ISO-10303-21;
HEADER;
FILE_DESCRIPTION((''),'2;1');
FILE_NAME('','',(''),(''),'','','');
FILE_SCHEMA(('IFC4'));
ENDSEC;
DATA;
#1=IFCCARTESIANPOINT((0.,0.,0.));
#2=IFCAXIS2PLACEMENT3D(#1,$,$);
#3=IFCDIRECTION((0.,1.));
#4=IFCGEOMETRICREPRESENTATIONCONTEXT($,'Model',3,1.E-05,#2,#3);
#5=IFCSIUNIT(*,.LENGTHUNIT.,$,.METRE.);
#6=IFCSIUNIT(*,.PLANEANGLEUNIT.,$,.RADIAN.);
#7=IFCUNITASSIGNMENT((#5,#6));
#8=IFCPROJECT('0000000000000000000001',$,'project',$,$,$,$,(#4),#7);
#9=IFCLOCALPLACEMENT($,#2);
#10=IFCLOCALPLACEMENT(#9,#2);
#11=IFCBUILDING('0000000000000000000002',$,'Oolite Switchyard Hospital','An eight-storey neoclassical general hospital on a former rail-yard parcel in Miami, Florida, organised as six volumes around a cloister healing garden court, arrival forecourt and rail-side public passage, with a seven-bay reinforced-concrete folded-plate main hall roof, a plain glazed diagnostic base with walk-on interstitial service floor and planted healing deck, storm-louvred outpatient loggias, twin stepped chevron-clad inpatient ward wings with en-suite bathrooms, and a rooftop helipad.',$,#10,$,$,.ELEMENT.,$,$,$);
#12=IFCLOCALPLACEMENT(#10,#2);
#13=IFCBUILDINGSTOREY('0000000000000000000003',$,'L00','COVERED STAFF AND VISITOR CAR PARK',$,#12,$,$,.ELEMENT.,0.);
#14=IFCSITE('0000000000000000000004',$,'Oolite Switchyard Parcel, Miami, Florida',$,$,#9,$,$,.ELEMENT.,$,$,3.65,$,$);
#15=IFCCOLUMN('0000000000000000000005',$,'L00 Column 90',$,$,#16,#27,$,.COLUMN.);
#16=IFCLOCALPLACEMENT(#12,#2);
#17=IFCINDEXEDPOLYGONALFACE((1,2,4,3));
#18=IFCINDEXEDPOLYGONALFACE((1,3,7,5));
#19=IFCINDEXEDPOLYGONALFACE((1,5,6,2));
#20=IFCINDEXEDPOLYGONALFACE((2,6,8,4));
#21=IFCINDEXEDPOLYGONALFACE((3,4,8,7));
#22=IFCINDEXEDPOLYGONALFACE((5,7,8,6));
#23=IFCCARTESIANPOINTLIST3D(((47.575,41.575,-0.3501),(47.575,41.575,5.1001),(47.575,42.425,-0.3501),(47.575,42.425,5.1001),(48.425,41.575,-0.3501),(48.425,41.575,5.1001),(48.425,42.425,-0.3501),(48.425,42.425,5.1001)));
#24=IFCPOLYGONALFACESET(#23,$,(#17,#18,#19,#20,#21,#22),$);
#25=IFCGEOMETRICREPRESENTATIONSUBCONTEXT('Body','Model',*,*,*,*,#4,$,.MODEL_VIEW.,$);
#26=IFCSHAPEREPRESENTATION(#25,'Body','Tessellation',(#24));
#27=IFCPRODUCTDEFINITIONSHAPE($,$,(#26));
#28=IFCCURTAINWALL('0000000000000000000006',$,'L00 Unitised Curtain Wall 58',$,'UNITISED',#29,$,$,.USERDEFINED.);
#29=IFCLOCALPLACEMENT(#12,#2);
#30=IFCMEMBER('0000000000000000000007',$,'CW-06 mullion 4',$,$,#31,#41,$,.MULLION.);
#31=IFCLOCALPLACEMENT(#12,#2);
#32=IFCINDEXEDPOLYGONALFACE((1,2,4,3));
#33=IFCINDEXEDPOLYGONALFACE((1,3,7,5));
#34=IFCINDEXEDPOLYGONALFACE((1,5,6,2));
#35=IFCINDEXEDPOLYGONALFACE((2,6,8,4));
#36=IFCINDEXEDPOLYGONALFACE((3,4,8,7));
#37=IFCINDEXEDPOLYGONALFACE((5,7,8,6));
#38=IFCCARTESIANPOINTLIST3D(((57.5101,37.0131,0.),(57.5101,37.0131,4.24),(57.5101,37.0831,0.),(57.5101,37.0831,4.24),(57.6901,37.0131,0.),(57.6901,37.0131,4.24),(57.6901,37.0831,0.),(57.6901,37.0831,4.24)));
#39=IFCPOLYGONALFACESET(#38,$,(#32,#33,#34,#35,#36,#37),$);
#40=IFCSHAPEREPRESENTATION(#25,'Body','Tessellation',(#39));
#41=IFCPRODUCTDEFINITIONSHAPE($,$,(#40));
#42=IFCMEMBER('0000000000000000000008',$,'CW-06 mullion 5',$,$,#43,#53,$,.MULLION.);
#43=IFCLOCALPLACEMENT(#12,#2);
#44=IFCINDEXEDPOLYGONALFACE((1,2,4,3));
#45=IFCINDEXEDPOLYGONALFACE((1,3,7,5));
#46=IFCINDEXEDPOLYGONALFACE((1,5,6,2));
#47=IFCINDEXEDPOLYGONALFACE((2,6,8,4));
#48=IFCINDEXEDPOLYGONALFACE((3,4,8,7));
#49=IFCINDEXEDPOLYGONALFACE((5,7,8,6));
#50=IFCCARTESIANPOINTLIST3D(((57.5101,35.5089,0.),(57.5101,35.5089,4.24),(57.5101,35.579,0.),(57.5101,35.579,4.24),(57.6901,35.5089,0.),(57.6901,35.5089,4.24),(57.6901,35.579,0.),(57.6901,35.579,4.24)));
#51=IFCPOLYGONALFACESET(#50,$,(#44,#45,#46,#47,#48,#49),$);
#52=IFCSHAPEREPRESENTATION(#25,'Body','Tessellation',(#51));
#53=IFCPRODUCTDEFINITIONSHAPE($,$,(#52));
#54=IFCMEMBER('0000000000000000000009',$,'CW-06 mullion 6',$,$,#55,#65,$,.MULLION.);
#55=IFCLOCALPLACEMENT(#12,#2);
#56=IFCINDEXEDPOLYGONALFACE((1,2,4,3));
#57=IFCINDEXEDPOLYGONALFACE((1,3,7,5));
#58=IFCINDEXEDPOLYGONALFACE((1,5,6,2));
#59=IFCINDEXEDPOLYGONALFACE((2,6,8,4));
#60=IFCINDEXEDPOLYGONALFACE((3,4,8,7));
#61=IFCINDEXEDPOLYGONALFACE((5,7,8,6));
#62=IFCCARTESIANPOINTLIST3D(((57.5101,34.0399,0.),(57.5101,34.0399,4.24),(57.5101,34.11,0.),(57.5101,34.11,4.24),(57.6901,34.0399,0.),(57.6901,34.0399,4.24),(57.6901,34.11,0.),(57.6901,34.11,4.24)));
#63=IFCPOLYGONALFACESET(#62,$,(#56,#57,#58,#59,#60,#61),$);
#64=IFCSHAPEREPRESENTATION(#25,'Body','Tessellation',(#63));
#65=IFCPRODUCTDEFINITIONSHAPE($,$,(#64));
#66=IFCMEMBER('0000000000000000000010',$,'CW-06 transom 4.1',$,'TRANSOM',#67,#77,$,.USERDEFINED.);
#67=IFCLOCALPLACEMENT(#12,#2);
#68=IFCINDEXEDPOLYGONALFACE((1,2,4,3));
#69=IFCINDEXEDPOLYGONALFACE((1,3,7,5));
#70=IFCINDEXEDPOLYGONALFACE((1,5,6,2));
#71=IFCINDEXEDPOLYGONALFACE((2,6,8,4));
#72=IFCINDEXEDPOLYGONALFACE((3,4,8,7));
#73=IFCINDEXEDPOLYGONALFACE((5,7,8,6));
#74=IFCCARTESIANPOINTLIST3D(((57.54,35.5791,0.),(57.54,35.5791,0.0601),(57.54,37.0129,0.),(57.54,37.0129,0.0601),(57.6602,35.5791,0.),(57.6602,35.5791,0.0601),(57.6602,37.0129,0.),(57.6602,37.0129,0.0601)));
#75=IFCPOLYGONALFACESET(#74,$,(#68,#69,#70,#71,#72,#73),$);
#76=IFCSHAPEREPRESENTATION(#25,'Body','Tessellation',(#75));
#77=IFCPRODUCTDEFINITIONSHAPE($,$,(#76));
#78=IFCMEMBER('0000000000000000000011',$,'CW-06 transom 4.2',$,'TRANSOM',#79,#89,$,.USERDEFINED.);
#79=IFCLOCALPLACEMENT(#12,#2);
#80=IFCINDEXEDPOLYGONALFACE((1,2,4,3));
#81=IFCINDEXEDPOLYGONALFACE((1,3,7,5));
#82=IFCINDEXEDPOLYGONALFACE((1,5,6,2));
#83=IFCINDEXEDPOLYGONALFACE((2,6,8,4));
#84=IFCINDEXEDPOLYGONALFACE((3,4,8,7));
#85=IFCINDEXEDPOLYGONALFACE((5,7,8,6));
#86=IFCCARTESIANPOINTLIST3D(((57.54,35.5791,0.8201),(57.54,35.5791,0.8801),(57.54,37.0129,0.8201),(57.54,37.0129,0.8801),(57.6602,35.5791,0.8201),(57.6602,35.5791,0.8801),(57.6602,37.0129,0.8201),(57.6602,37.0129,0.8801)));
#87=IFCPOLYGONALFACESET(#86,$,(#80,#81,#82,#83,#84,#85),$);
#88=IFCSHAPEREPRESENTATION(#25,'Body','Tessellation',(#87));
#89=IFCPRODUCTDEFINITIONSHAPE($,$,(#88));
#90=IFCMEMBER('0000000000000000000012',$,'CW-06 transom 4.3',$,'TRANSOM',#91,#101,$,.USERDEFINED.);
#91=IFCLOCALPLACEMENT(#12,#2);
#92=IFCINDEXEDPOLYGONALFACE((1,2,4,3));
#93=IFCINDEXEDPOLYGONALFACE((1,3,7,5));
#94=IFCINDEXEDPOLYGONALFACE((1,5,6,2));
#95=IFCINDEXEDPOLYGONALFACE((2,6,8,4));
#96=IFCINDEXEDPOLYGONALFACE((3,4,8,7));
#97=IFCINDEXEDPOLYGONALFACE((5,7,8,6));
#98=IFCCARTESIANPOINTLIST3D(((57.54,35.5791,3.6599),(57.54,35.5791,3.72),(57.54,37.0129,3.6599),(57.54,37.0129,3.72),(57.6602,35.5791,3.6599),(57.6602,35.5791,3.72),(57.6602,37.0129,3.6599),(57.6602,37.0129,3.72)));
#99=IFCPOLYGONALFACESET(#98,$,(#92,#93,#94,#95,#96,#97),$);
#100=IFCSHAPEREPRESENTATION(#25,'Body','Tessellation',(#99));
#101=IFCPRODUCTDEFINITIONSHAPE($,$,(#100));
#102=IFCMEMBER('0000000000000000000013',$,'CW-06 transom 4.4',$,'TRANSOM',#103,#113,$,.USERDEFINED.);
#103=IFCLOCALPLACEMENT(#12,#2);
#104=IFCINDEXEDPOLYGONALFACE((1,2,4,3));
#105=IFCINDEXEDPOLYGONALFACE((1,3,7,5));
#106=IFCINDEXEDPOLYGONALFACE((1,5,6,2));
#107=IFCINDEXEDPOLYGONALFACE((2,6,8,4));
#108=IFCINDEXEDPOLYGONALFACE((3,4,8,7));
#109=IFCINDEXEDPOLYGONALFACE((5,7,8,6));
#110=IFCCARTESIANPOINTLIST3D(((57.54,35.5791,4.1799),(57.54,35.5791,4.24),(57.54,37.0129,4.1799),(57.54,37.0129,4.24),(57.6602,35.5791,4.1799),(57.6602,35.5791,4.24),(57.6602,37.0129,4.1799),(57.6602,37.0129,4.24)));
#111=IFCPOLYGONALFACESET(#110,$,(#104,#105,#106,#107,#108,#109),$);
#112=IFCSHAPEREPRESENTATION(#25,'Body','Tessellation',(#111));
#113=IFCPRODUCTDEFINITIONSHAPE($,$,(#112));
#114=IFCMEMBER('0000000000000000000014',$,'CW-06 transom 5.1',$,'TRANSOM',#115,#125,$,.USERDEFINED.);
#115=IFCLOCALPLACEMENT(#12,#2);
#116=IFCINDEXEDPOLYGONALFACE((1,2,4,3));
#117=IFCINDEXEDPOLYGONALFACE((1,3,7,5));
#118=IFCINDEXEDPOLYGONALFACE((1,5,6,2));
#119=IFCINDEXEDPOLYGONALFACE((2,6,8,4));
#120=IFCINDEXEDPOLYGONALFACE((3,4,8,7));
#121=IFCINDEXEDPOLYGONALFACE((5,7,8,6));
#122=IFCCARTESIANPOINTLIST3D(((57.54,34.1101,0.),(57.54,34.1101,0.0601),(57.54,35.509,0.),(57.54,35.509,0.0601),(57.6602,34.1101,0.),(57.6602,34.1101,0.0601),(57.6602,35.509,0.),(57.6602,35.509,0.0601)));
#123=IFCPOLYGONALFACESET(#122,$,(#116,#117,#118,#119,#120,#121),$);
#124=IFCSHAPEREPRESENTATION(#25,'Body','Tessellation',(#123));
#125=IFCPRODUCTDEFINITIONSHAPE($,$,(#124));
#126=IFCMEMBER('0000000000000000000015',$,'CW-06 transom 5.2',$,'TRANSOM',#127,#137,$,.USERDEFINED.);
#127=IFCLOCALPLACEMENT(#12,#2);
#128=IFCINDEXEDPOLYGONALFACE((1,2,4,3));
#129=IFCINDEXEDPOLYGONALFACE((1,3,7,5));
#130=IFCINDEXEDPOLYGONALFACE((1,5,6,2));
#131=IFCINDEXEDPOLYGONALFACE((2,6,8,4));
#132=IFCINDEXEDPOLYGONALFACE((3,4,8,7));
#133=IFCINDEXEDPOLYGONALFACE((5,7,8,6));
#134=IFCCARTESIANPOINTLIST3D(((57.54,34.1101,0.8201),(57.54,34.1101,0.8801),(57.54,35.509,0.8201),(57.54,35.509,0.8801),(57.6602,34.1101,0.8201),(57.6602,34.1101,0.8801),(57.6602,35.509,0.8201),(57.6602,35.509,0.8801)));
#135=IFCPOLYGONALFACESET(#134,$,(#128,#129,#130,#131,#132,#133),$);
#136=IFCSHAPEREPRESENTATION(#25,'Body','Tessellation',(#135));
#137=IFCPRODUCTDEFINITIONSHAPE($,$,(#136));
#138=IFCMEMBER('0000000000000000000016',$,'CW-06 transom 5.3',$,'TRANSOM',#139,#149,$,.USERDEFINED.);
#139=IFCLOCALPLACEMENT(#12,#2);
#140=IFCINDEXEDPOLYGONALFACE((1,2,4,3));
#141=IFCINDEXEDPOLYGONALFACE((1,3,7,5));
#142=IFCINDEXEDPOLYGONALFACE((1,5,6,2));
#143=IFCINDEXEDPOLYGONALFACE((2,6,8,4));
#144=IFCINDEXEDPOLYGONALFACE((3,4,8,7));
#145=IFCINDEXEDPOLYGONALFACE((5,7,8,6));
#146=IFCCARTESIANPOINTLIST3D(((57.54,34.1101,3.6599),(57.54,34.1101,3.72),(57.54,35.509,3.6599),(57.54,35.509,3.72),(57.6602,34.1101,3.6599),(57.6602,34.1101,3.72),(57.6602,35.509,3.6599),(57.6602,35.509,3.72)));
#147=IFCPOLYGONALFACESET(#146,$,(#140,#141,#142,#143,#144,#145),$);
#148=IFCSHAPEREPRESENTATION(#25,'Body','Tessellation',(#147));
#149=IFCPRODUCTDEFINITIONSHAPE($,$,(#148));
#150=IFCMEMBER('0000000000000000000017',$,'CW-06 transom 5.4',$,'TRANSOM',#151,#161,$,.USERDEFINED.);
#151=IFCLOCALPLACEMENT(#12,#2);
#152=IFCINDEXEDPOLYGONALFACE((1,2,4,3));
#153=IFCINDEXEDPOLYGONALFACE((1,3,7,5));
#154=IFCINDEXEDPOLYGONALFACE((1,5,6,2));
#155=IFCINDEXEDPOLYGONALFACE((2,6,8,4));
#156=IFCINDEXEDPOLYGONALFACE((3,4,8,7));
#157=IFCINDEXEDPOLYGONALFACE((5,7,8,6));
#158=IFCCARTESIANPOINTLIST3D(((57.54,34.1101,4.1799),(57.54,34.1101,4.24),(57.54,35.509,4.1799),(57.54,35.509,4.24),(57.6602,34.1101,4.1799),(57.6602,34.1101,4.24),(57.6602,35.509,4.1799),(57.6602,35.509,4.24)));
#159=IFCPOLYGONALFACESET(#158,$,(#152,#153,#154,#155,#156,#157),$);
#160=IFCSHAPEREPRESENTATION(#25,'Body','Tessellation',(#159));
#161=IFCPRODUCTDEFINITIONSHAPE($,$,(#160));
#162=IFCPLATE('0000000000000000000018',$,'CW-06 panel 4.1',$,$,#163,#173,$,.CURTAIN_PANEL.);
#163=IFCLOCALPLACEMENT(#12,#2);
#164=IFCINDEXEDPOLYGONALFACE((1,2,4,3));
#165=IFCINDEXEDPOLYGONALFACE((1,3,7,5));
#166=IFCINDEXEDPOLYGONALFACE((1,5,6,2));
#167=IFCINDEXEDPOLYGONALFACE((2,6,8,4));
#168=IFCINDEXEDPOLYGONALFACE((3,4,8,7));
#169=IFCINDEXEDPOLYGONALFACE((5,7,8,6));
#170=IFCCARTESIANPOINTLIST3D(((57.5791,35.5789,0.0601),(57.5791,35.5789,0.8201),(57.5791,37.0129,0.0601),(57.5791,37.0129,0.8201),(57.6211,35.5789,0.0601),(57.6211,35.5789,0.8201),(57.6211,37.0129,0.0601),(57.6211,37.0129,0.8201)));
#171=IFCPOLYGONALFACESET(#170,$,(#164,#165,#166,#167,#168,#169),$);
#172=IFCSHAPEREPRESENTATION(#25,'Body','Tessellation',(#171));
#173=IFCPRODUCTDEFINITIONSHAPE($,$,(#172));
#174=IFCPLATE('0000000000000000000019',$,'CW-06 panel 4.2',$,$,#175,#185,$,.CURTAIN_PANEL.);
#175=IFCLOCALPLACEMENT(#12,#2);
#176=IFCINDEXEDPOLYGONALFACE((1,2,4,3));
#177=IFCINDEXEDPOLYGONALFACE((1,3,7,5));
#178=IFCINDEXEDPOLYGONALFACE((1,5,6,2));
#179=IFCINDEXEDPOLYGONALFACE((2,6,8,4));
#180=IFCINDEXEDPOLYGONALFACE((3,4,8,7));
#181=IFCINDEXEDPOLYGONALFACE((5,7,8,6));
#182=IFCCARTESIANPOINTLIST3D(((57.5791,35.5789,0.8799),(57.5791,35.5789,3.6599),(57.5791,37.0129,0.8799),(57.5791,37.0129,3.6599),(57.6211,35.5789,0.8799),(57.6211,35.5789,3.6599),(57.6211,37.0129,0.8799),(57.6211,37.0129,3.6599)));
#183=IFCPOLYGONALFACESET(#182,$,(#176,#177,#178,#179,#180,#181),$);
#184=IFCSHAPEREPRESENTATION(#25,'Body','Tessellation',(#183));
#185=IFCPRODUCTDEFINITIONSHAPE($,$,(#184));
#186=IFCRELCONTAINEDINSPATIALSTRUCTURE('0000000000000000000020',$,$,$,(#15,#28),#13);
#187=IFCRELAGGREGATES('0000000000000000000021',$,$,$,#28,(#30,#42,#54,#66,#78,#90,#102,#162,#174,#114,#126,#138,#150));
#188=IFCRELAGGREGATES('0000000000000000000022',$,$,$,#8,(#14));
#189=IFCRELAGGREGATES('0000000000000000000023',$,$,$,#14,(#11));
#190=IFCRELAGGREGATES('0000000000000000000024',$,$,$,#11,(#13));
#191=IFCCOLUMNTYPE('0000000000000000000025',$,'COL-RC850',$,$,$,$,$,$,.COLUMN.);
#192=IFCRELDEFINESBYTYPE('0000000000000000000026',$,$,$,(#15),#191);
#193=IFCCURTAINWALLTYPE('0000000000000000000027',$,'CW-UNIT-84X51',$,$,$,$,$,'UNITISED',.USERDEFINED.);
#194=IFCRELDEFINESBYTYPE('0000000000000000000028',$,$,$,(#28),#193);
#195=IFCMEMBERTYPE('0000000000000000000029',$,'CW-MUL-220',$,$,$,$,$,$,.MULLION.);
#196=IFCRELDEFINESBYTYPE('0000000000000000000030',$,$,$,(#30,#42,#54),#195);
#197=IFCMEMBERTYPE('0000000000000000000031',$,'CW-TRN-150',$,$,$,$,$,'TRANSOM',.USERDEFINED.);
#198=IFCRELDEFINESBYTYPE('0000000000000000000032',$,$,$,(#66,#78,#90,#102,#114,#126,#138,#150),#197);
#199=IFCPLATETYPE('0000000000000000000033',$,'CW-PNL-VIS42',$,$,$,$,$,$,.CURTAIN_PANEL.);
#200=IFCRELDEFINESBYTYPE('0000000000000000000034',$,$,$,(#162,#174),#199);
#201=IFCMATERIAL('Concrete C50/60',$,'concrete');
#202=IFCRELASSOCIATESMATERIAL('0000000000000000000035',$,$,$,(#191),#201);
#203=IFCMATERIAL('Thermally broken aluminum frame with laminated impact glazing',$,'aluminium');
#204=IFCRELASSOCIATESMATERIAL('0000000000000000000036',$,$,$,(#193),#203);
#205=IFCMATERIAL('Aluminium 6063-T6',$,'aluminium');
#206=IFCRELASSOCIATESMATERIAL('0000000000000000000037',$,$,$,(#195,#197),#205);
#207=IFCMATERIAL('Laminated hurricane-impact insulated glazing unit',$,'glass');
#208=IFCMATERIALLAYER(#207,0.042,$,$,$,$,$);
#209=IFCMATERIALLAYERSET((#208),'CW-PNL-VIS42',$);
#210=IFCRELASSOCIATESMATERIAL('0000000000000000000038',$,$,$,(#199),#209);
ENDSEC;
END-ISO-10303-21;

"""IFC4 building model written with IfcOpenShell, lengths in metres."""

from ifc_helpers import new_model, si_unit, direction, frame, origin, origin_2d, place, context, subcontext, project, spatial, rectangle, extrude, material, layer, layer_set, material_profile, profile_set, type_object, element, aggregate, save


model = new_model("IFC4")

# Units and contexts
model_context = context("Model", 3, precision=1e-05, world=origin(), true_north=direction((0.0, 1.0)))
body_context = subcontext(model_context, "Body", "Model", "MODEL_VIEW")
ifc_project = project(units=[si_unit("LENGTHUNIT", "METRE"), si_unit("PLANEANGLEUNIT", "RADIAN")], contexts=[model_context])

# Site, building, storey
site_placement = place(None, origin())
site = spatial("IfcSite", under=ifc_project, at=site_placement, Name="Oolite Switchyard Parcel, Miami, Florida", CompositionType="ELEMENT", RefElevation=3.65)
building_placement = place(site_placement, origin())
building = spatial("IfcBuilding", under=site, at=building_placement, Name="Oolite Switchyard Hospital", Description="An eight-storey neoclassical general hospital on a former rail-yard parcel in Miami, Florida, organised as six volumes around a cloister healing garden court, arrival forecourt and rail-side public passage, with a seven-bay reinforced-concrete folded-plate main hall roof, a plain glazed diagnostic base with walk-on interstitial service floor and planted healing deck, storm-louvred outpatient loggias, twin stepped chevron-clad inpatient ward wings with en-suite bathrooms, and a rooftop helipad.", CompositionType="ELEMENT")
storey_placement = place(building_placement, origin())
storey = spatial("IfcBuildingStorey", under=building, at=storey_placement, Name="L00", Description="COVERED STAFF AND VISITOR CAR PARK", CompositionType="ELEMENT", Elevation=0.0)

# Column
ifc_material_1 = material(Name="Concrete C50/60", Category="concrete")
ifc_material_profile_1 = material_profile(ifc_material_1, rectangle(XDim=0.8501, YDim=0.8501, at=origin_2d()), Name="RC850X850")
ifc_profile_set_1 = profile_set([ifc_material_profile_1], Name="Concrete C50/60")
column_type = type_object("IfcColumnType", Name="COL-RC850", PredefinedType="COLUMN", material=ifc_profile_set_1)
column_placement = place(storey_placement, frame((48.0, 42.0, -0.3501), z_axis=(0.0, 0.0, 1.0), x_axis=(1.0, 0.0, 0.0)))
element("IfcColumn", 1, at=column_placement, inside=storey, type_object=column_type, Name="L00 Column 90", PredefinedType="COLUMN", context=body_context, shape_type="SweptSolid", body=[
    extrude(rectangle(XDim=0.8501, YDim=0.8501, at=origin_2d()), origin(), (0.0, 0.0, 1.0), 5.4502),
])

# Curtain wall, members, plates
ifc_material_2 = material(Name="Thermally broken aluminum frame with laminated impact glazing", Category="aluminium")
curtain_wall_type = type_object("IfcCurtainWallType", Name="CW-UNIT-84X51", ElementType="UNITISED", PredefinedType="USERDEFINED", material=ifc_material_2)
curtain_wall_placement = place(storey_placement, origin())
curtain_wall = element("IfcCurtainWall", 2, at=curtain_wall_placement, inside=storey, type_object=curtain_wall_type, Name="L00 Unitised Curtain Wall 58", ObjectType="UNITISED", PredefinedType="USERDEFINED")
ifc_material_3 = material(Name="Aluminium 6063-T6", Category="aluminium")
ifc_material_profile_2 = material_profile(ifc_material_3, rectangle(XDim=0.1799, YDim=0.0701, at=origin_2d()), Name="CWM70X180")
ifc_profile_set_2 = profile_set([ifc_material_profile_2], Name="Aluminium 6063-T6")
member_type_1 = type_object("IfcMemberType", Name="CW-MUL-220", PredefinedType="MULLION", material=ifc_profile_set_2)
member_1_placement = place(storey_placement, frame((57.6001, 37.0481, 0.0), z_axis=(0.0, 0.0, 1.0), x_axis=(1.0, 0.0, 0.0)))
member_1 = element("IfcMember", 3, at=member_1_placement, type_object=member_type_1, Name="CW-06 mullion 4", PredefinedType="MULLION", context=body_context, shape_type="SweptSolid", body=[
    extrude(rectangle(XDim=0.1799, YDim=0.0701, at=origin_2d()), origin(), (0.0, 0.0, 1.0), 4.24),
])
member_2_placement = place(storey_placement, frame((57.6001, 35.5439, 0.0), z_axis=(0.0, 0.0, 1.0), x_axis=(1.0, 0.0, 0.0)))
member_2 = element("IfcMember", 4, at=member_2_placement, type_object=member_type_1, Name="CW-06 mullion 5", PredefinedType="MULLION", context=body_context, shape_type="SweptSolid", body=[
    extrude(rectangle(XDim=0.1799, YDim=0.0701, at=origin_2d()), origin(), (0.0, 0.0, 1.0), 4.24),
])
member_3_placement = place(storey_placement, frame((57.6001, 34.075, 0.0), z_axis=(0.0, 0.0, 1.0), x_axis=(1.0, 0.0, 0.0)))
member_3 = element("IfcMember", 5, at=member_3_placement, type_object=member_type_1, Name="CW-06 mullion 6", PredefinedType="MULLION", context=body_context, shape_type="SweptSolid", body=[
    extrude(rectangle(XDim=0.1799, YDim=0.0701, at=origin_2d()), origin(), (0.0, 0.0, 1.0), 4.24),
])
ifc_material_profile_3 = material_profile(ifc_material_3, rectangle(XDim=0.1201, YDim=0.0601, at=origin_2d()), Name="CWT60X120")
ifc_profile_set_3 = profile_set([ifc_material_profile_3], Name="Aluminium 6063-T6")
member_type_2 = type_object("IfcMemberType", Name="CW-TRN-150", ElementType="TRANSOM", PredefinedType="USERDEFINED", material=ifc_profile_set_3)
member_4_placement = place(storey_placement, frame((57.6001, 37.0129, 0.03), z_axis=(0.0, -1.0, 0.0), x_axis=(1.0, 0.0, 0.0)))
member_4 = element("IfcMember", 6, at=member_4_placement, type_object=member_type_2, Name="CW-06 transom 4.1", ObjectType="TRANSOM", PredefinedType="USERDEFINED", context=body_context, shape_type="SweptSolid", body=[
    extrude(rectangle(XDim=0.1201, YDim=0.0601, at=origin_2d()), origin(), (0.0, 0.0, 1.0), 1.4338),
])
member_5_placement = place(storey_placement, frame((57.6001, 37.0129, 0.8501), z_axis=(0.0, -1.0, 0.0), x_axis=(1.0, 0.0, 0.0)))
member_5 = element("IfcMember", 7, at=member_5_placement, type_object=member_type_2, Name="CW-06 transom 4.2", ObjectType="TRANSOM", PredefinedType="USERDEFINED", context=body_context, shape_type="SweptSolid", body=[
    extrude(rectangle(XDim=0.1201, YDim=0.0601, at=origin_2d()), origin(), (0.0, 0.0, 1.0), 1.4338),
])
member_6_placement = place(storey_placement, frame((57.6001, 37.0129, 3.6899), z_axis=(0.0, -1.0, 0.0), x_axis=(1.0, 0.0, 0.0)))
member_6 = element("IfcMember", 8, at=member_6_placement, type_object=member_type_2, Name="CW-06 transom 4.3", ObjectType="TRANSOM", PredefinedType="USERDEFINED", context=body_context, shape_type="SweptSolid", body=[
    extrude(rectangle(XDim=0.1201, YDim=0.0601, at=origin_2d()), origin(), (0.0, 0.0, 1.0), 1.4338),
])
member_7_placement = place(storey_placement, frame((57.6001, 37.0129, 4.21), z_axis=(0.0, -1.0, 0.0), x_axis=(1.0, 0.0, 0.0)))
member_7 = element("IfcMember", 9, at=member_7_placement, type_object=member_type_2, Name="CW-06 transom 4.4", ObjectType="TRANSOM", PredefinedType="USERDEFINED", context=body_context, shape_type="SweptSolid", body=[
    extrude(rectangle(XDim=0.1201, YDim=0.0601, at=origin_2d()), origin(), (0.0, 0.0, 1.0), 1.4338),
])
member_8_placement = place(storey_placement, frame((57.6001, 35.509, 0.03), z_axis=(0.0, -1.0, 0.0), x_axis=(1.0, 0.0, 0.0)))
member_8 = element("IfcMember", 10, at=member_8_placement, type_object=member_type_2, Name="CW-06 transom 5.1", ObjectType="TRANSOM", PredefinedType="USERDEFINED", context=body_context, shape_type="SweptSolid", body=[
    extrude(rectangle(XDim=0.1201, YDim=0.0601, at=origin_2d()), origin(), (0.0, 0.0, 1.0), 1.3989),
])
member_9_placement = place(storey_placement, frame((57.6001, 35.509, 0.8501), z_axis=(0.0, -1.0, 0.0), x_axis=(1.0, 0.0, 0.0)))
member_9 = element("IfcMember", 11, at=member_9_placement, type_object=member_type_2, Name="CW-06 transom 5.2", ObjectType="TRANSOM", PredefinedType="USERDEFINED", context=body_context, shape_type="SweptSolid", body=[
    extrude(rectangle(XDim=0.1201, YDim=0.0601, at=origin_2d()), origin(), (0.0, 0.0, 1.0), 1.3989),
])
member_10_placement = place(storey_placement, frame((57.6001, 35.509, 3.6899), z_axis=(0.0, -1.0, 0.0), x_axis=(1.0, 0.0, 0.0)))
member_10 = element("IfcMember", 12, at=member_10_placement, type_object=member_type_2, Name="CW-06 transom 5.3", ObjectType="TRANSOM", PredefinedType="USERDEFINED", context=body_context, shape_type="SweptSolid", body=[
    extrude(rectangle(XDim=0.1201, YDim=0.0601, at=origin_2d()), origin(), (0.0, 0.0, 1.0), 1.3989),
])
member_11_placement = place(storey_placement, frame((57.6001, 35.509, 4.21), z_axis=(0.0, -1.0, 0.0), x_axis=(1.0, 0.0, 0.0)))
member_11 = element("IfcMember", 13, at=member_11_placement, type_object=member_type_2, Name="CW-06 transom 5.4", ObjectType="TRANSOM", PredefinedType="USERDEFINED", context=body_context, shape_type="SweptSolid", body=[
    extrude(rectangle(XDim=0.1201, YDim=0.0601, at=origin_2d()), origin(), (0.0, 0.0, 1.0), 1.3989),
])
ifc_material_4 = material(Name="Laminated hurricane-impact insulated glazing unit", Category="glass")
ifc_layer = layer(ifc_material_4, 0.042)
ifc_layer_set = layer_set([ifc_layer], Name="CW-PNL-VIS42")
plate_type = type_object("IfcPlateType", Name="CW-PNL-VIS42", PredefinedType="CURTAIN_PANEL", material=ifc_layer_set)
plate_1_placement = place(storey_placement, frame((57.6001, 36.2959, 0.0601), z_axis=(0.0, 0.0, 1.0), x_axis=(0.0, -1.0, 0.0)))
plate_1 = element("IfcPlate", 14, at=plate_1_placement, type_object=plate_type, Name="CW-06 panel 4.1", PredefinedType="CURTAIN_PANEL", context=body_context, shape_type="SweptSolid", body=[
    extrude(rectangle(XDim=1.4341, YDim=0.042, at=origin_2d()), origin(), (0.0, 0.0, 1.0), 0.76),
])
plate_2_placement = place(storey_placement, frame((57.6001, 36.2959, 0.8799), z_axis=(0.0, 0.0, 1.0), x_axis=(0.0, -1.0, 0.0)))
plate_2 = element("IfcPlate", 15, at=plate_2_placement, type_object=plate_type, Name="CW-06 panel 4.2", PredefinedType="CURTAIN_PANEL", context=body_context, shape_type="SweptSolid", body=[
    extrude(rectangle(XDim=1.4341, YDim=0.042, at=origin_2d()), origin(), (0.0, 0.0, 1.0), 2.78),
])
aggregate(curtain_wall, [member_1, member_2, member_3, member_4, member_5, member_6, member_7, plate_1, plate_2, member_8, member_9, member_10, member_11])

save(model, "model.ifc")
